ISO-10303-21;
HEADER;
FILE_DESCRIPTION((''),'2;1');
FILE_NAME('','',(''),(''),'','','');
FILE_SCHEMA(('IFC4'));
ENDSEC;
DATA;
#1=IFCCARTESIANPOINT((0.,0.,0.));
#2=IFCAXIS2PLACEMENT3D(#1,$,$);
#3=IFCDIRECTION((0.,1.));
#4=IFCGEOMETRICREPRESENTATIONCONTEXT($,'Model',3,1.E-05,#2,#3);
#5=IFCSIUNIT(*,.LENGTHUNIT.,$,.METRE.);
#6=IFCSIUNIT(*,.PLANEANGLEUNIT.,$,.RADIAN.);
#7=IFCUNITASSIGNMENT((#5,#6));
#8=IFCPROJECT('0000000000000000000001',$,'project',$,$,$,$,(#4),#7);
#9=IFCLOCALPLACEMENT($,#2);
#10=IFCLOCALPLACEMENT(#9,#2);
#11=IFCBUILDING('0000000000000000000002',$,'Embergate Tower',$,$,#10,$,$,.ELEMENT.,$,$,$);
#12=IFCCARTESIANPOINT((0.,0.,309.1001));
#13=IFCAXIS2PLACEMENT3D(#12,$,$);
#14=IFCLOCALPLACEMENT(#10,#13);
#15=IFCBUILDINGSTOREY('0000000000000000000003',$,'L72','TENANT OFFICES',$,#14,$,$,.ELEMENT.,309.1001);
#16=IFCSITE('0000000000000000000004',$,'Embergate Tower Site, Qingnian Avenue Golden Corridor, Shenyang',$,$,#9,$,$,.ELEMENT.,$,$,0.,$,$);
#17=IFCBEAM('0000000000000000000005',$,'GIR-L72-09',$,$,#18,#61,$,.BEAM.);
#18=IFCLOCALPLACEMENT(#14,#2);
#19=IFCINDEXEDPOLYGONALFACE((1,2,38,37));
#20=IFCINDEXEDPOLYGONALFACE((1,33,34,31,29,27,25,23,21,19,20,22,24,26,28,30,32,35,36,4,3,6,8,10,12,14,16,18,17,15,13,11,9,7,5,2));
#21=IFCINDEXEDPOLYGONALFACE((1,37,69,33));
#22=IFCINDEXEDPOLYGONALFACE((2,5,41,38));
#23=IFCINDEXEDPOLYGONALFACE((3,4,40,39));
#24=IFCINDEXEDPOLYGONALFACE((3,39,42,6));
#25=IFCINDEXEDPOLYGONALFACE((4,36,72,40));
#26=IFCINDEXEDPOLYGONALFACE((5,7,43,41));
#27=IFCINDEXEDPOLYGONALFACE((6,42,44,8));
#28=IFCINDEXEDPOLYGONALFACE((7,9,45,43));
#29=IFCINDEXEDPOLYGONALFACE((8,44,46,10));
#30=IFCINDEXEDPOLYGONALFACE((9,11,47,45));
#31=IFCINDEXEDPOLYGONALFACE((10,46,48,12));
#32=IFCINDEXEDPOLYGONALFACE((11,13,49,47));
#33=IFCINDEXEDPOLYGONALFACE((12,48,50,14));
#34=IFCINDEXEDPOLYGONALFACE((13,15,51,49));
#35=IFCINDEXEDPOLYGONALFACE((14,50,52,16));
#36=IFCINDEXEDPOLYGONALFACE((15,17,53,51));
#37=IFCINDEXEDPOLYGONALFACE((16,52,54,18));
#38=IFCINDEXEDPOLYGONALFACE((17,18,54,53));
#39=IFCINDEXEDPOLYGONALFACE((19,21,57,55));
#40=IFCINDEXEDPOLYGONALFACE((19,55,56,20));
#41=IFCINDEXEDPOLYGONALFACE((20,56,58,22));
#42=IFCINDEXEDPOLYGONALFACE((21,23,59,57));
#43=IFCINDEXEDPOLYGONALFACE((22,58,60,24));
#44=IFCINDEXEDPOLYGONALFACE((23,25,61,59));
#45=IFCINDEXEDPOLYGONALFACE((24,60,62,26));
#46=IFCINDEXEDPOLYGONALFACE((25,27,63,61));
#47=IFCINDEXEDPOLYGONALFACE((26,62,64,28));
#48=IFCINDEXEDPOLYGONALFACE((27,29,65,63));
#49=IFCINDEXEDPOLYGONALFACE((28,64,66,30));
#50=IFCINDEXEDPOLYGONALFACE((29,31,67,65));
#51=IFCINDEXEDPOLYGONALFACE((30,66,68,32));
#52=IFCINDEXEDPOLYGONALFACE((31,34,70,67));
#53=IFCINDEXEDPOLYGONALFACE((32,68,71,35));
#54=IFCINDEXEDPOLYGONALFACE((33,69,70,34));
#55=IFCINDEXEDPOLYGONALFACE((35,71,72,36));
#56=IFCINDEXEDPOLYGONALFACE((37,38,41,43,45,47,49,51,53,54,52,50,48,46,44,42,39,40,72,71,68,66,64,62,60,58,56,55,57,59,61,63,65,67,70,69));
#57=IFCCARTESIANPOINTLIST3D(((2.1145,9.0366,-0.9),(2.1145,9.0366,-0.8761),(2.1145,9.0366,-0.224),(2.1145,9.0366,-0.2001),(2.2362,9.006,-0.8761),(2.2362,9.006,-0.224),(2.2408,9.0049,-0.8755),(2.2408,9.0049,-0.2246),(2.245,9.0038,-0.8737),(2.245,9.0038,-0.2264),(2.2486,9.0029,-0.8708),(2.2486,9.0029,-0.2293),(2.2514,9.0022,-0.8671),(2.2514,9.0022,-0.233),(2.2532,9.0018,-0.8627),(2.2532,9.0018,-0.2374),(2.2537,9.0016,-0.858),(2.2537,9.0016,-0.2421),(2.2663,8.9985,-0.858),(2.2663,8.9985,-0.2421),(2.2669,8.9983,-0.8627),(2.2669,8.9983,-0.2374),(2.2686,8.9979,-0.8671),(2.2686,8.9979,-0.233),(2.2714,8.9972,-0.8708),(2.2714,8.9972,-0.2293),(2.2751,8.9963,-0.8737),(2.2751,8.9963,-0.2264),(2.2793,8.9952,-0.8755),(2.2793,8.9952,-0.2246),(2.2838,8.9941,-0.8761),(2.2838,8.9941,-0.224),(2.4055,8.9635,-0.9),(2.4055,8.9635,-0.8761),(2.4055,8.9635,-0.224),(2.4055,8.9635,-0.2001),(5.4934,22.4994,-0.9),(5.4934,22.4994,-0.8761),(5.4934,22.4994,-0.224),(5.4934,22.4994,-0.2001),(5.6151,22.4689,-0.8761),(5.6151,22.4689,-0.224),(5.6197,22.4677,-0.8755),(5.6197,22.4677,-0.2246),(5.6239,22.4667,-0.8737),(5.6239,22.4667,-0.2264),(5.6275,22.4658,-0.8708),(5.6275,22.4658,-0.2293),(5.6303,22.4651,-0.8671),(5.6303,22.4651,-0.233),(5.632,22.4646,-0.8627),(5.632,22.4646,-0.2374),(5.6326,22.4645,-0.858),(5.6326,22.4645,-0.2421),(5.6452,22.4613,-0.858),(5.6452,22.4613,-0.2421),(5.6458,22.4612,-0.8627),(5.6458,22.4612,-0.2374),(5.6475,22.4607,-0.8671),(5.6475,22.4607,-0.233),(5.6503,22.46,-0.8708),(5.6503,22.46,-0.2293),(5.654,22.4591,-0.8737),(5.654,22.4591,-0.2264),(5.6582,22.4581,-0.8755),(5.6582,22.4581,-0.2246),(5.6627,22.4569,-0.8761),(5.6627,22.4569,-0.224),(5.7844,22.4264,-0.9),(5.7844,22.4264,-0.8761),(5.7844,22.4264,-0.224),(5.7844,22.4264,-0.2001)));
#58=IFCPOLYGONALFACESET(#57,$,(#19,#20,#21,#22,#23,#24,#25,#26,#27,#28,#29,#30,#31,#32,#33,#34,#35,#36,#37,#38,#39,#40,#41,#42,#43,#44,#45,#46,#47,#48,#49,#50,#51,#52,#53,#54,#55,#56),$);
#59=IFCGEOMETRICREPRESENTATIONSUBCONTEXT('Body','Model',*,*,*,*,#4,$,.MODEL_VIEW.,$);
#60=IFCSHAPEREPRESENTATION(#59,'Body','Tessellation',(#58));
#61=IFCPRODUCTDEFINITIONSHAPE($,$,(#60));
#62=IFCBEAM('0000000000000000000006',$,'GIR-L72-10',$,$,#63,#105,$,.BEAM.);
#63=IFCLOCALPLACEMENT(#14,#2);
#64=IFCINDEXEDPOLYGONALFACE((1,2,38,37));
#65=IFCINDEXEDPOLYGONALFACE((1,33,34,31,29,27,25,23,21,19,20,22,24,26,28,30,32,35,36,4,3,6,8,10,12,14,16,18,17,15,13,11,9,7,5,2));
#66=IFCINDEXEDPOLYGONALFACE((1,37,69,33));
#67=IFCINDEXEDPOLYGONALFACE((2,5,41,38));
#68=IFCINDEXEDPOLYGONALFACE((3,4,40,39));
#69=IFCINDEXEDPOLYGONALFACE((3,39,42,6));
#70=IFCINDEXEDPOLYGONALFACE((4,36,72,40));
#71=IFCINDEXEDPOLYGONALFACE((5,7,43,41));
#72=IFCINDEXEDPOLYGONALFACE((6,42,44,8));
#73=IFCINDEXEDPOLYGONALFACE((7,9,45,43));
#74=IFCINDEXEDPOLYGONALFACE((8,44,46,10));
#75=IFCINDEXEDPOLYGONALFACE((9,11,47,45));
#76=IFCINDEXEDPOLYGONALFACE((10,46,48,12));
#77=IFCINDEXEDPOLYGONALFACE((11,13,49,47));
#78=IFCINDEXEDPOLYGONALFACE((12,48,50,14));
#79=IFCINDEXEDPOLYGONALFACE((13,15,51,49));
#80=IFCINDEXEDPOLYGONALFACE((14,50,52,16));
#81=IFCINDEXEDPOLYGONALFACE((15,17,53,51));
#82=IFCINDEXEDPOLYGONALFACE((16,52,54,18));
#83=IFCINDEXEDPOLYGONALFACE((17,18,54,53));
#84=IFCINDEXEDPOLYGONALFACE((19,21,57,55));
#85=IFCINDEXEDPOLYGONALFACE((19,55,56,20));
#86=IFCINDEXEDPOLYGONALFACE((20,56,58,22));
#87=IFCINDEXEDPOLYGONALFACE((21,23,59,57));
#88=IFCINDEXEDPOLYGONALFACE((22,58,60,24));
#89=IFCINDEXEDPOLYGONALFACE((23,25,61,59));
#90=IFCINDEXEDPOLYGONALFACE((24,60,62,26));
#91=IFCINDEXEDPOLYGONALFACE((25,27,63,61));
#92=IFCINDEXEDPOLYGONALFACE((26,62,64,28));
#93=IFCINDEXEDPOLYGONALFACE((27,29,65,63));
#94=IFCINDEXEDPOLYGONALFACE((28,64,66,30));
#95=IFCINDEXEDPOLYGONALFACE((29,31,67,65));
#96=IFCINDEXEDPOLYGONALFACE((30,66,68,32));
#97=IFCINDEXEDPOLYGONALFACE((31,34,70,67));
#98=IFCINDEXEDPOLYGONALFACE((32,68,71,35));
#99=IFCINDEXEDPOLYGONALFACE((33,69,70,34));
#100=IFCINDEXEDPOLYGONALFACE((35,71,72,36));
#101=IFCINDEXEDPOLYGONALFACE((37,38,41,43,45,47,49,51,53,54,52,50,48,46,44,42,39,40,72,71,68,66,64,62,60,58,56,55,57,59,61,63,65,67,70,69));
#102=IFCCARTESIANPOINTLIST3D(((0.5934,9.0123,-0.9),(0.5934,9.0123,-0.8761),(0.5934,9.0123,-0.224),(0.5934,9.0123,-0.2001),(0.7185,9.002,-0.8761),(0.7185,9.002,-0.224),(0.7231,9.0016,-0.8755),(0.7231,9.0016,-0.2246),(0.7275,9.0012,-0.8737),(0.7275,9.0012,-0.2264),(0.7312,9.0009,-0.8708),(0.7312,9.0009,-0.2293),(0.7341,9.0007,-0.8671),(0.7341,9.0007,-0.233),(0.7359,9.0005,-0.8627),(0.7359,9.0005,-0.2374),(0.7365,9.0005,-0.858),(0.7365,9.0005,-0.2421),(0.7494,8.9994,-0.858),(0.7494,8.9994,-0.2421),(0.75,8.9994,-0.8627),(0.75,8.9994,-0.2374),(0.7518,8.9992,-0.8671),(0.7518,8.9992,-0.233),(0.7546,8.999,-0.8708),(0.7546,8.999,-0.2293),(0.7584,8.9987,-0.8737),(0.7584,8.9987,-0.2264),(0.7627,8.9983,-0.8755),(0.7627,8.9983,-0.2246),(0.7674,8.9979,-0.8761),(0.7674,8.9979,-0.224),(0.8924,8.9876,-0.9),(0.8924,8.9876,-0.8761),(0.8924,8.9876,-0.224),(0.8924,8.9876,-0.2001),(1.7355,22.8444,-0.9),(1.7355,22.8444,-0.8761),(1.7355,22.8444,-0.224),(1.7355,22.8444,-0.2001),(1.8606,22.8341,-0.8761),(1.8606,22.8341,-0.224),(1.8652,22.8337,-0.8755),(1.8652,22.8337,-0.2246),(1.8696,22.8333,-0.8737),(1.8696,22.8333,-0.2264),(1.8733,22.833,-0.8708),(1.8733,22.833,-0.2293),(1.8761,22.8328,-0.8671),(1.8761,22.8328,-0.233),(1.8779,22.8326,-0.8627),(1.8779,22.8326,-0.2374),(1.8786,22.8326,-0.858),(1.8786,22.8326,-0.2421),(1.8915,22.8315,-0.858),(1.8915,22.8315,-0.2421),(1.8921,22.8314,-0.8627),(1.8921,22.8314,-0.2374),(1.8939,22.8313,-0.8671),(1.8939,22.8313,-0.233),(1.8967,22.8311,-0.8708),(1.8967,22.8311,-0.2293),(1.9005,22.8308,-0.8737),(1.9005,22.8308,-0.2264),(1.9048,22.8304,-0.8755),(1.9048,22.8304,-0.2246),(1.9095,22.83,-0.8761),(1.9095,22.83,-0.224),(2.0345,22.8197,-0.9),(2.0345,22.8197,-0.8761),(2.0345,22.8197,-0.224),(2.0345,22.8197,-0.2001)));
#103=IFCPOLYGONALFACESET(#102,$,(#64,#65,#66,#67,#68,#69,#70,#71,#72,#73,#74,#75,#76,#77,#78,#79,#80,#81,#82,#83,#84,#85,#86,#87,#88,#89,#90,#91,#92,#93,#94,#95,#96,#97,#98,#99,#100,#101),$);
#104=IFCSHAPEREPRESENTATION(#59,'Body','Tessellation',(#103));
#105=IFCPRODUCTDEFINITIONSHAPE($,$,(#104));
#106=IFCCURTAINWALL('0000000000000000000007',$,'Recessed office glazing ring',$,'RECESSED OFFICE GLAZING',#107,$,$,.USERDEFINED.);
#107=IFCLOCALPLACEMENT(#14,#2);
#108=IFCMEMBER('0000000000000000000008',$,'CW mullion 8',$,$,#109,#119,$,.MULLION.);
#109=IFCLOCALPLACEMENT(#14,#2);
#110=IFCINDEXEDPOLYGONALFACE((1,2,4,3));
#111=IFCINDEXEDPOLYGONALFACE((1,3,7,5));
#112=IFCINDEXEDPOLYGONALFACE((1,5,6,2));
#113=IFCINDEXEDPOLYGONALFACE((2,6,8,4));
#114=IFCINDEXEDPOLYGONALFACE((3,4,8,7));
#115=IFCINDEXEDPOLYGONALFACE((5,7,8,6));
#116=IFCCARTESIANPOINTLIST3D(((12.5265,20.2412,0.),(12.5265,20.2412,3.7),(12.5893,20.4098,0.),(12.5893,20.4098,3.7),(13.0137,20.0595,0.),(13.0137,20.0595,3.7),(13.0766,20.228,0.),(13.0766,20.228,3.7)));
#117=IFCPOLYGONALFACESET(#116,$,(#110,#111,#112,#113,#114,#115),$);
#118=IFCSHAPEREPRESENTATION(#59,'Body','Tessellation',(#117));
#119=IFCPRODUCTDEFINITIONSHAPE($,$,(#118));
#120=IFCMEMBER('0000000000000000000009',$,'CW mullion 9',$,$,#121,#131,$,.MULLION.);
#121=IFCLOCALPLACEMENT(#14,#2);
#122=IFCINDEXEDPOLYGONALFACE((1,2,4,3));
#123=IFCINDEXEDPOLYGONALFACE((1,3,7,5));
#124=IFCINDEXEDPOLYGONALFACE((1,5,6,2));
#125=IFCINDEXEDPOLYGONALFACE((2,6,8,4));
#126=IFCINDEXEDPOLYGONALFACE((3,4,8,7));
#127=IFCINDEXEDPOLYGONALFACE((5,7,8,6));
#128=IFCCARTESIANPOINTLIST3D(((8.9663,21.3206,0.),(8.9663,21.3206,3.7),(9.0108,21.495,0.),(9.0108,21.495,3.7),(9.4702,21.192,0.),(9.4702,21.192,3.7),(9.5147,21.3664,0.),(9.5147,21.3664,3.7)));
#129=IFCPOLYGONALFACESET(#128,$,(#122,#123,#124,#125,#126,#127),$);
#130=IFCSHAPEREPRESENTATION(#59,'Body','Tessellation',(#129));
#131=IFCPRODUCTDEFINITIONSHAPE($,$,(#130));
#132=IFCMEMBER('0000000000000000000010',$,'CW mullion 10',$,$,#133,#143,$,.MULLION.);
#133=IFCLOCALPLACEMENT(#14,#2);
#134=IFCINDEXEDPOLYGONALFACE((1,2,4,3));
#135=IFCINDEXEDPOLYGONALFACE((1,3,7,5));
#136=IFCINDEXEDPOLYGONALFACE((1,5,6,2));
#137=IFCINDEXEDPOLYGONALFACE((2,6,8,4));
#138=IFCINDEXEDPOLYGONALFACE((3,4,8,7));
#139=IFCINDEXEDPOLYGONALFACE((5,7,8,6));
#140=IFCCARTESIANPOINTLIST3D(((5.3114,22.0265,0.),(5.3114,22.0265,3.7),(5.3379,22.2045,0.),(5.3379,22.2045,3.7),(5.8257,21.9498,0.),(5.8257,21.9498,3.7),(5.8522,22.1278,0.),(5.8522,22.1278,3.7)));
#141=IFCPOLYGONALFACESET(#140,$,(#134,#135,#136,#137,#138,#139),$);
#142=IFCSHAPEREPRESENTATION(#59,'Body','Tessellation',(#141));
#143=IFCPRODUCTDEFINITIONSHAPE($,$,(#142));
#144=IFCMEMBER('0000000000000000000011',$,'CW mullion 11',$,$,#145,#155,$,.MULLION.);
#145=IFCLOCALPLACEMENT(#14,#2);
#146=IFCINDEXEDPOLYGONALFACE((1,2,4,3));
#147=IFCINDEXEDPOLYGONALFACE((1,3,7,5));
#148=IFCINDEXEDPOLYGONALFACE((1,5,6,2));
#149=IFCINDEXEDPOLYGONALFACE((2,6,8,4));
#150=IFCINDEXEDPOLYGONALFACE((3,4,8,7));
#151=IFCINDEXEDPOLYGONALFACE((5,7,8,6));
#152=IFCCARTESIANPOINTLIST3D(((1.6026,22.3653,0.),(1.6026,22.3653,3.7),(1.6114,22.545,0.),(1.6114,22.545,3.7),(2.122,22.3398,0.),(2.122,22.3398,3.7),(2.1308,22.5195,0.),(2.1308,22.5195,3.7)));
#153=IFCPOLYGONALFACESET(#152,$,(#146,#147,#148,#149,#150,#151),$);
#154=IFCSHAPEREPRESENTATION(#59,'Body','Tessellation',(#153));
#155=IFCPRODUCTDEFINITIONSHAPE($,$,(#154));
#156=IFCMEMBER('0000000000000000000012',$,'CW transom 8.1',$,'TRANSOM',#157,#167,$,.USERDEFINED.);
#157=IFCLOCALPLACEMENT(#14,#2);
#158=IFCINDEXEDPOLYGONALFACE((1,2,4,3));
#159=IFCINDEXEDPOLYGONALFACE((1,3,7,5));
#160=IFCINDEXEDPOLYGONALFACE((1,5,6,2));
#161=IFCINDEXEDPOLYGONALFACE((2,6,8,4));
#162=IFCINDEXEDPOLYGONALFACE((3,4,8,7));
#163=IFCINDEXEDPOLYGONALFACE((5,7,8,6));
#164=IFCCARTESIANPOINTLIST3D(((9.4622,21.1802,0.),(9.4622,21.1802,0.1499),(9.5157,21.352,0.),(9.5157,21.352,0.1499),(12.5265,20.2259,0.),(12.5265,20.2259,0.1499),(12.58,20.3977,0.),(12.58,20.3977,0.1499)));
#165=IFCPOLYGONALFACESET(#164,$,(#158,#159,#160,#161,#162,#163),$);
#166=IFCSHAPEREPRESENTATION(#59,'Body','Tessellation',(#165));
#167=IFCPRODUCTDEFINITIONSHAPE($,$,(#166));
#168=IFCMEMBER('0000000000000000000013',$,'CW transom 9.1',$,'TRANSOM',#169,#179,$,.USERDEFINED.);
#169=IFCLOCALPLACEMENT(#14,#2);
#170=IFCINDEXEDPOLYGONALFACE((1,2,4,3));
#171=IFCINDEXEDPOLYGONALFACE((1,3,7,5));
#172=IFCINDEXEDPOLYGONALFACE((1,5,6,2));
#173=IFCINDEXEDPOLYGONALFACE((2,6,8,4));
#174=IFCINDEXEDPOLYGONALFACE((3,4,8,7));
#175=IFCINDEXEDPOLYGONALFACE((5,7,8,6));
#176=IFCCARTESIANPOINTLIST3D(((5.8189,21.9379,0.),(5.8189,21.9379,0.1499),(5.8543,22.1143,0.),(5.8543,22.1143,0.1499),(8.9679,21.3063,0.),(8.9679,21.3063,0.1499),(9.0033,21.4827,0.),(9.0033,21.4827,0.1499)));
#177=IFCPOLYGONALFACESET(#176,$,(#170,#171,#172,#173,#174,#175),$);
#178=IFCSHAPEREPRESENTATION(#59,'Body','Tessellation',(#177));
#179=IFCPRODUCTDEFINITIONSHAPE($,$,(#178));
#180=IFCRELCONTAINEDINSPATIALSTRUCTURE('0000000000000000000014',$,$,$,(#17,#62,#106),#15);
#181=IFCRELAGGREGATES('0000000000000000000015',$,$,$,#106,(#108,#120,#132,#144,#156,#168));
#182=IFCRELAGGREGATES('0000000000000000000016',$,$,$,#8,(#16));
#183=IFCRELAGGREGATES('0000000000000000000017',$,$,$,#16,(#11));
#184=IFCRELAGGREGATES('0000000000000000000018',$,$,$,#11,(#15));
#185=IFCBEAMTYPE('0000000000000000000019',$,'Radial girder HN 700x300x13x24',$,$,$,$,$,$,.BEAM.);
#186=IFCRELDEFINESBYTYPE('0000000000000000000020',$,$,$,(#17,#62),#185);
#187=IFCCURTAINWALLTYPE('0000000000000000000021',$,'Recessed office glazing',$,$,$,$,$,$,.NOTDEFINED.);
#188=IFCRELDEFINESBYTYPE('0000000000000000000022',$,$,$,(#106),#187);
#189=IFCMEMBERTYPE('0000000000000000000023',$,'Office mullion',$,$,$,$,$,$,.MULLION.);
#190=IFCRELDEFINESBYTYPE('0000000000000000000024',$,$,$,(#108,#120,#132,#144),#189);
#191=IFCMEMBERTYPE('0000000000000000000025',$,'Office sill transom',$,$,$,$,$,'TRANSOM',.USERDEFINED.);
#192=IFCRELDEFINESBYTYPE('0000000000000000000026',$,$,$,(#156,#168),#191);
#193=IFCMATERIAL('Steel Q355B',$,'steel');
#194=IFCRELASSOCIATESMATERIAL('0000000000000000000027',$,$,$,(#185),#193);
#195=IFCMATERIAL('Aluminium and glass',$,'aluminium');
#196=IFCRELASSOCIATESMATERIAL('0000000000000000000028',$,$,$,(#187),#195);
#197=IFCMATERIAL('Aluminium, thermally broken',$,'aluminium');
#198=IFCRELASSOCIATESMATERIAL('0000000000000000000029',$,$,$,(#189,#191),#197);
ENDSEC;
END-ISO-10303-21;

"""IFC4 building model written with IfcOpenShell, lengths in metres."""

from ifc_helpers import new_model, si_unit, direction, frame, origin, origin_2d, place, context, subcontext, project, spatial, rectangle, i_section, extrude, source, transform, mapped, material, material_profile, profile_set, type_object, element, aggregate, save


model = new_model("IFC4")

# Units and contexts
model_context = context("Model", 3, precision=1e-05, world=origin(), true_north=direction((0.0, 1.0)))
body_context = subcontext(model_context, "Body", "Model", "MODEL_VIEW")
ifc_project = project(units=[si_unit("LENGTHUNIT", "METRE"), si_unit("PLANEANGLEUNIT", "RADIAN")], contexts=[model_context])

# Site, building, storey
site_placement = place(None, origin())
site = spatial("IfcSite", under=ifc_project, at=site_placement, Name="Embergate Tower Site, Qingnian Avenue Golden Corridor, Shenyang", CompositionType="ELEMENT", RefElevation=0.0)
building_placement = place(site_placement, origin())
building = spatial("IfcBuilding", under=site, at=building_placement, Name="Embergate Tower", CompositionType="ELEMENT")
storey_placement = place(building_placement, frame((0.0, 0.0, 309.1001)))
storey = spatial("IfcBuildingStorey", under=building, at=storey_placement, Name="L72", Description="TENANT OFFICES", CompositionType="ELEMENT", Elevation=309.1001)

# Beams
ifc_material_1 = material(Name="Steel Q355B", Category="steel")
ifc_material_profile_1 = material_profile(ifc_material_1, i_section(OverallWidth=0.3, OverallDepth=0.7, WebThickness=0.0129, FlangeThickness=0.0239, FilletRadius=0.0181, at=origin_2d()), Name="HN 700x300x13x24")
ifc_profile_set_1 = profile_set([ifc_material_profile_1], Name="Steel Q355 grade B")
beam_type_1 = type_object("IfcBeamType", Name="Radial girder HN 700x300x13x24", PredefinedType="BEAM", material=ifc_profile_set_1)
shared_shape_1 = source(origin(), body_context, "Body", "SweptSolid", [
    extrude(i_section(OverallWidth=0.3, OverallDepth=0.7, WebThickness=0.0129, FlangeThickness=0.0239, FilletRadius=0.0181, at=origin_2d()), origin(), (0.0, 0.0, 1.0), 13.8804),
])
beam_1_placement = place(storey_placement, frame((5.6389, 22.4629, -0.55), z_axis=(-0.243429, -0.969919, 0.0), x_axis=(0.969919, -0.243429, 0.0)))
element("IfcBeam", 1, at=beam_1_placement, inside=storey, type_object=beam_type_1, Name="GIR-L72-09", PredefinedType="BEAM", context=body_context, shape_type="MappedRepresentation", body=[
    mapped(shared_shape_1, transform((0.0, 0.0, 0.0))),
])
shared_shape_2 = source(origin(), body_context, "Body", "SweptSolid", [
    extrude(i_section(OverallWidth=0.3, OverallDepth=0.7, WebThickness=0.0129, FlangeThickness=0.0239, FilletRadius=0.0181, at=origin_2d()), origin(), (0.0, 0.0, 1.0), 13.8792),
])
beam_2_placement = place(storey_placement, frame((1.885, 22.832, -0.55), z_axis=(-0.082288, -0.996609, 0.0), x_axis=(0.996609, -0.082288, 0.0)))
element("IfcBeam", 2, at=beam_2_placement, inside=storey, type_object=beam_type_1, Name="GIR-L72-10", PredefinedType="BEAM", context=body_context, shape_type="MappedRepresentation", body=[
    mapped(shared_shape_2, transform((0.0, 0.0, 0.0))),
])

# Curtain wall, members
ifc_material_2 = material(Name="Aluminium and glass", Category="aluminium")
curtain_wall_type = type_object("IfcCurtainWallType", Name="Recessed office glazing", PredefinedType="NOTDEFINED", material=ifc_material_2)
curtain_wall_placement = place(storey_placement, origin())
curtain_wall = element("IfcCurtainWall", 3, at=curtain_wall_placement, inside=storey, type_object=curtain_wall_type, Name="Recessed office glazing ring", ObjectType="RECESSED OFFICE GLAZING", PredefinedType="USERDEFINED")
ifc_material_3 = material(Name="Aluminium, thermally broken", Category="aluminium")
ifc_material_profile_2 = material_profile(ifc_material_3, rectangle(XDim=0.1799, YDim=0.52, at=origin_2d()), Name="AL 520x180")
ifc_profile_set_2 = profile_set([ifc_material_profile_2], Name="Aluminium, thermally broken")
member_type_1 = type_object("IfcMemberType", Name="Office mullion", PredefinedType="MULLION", material=ifc_profile_set_2)
shared_shape_3 = source(origin(), body_context, "Body", "SweptSolid", [
    extrude(rectangle(XDim=0.1799, YDim=0.52, at=origin_2d()), origin(), (0.0, 0.0, 1.0), 3.7),
])
member_1_placement = place(storey_placement, frame((12.8015, 20.2346, 0.0), z_axis=(0.0, 0.0, 1.0), x_axis=(-0.349501, -0.936936, 0.0)))
member_1 = element("IfcMember", 4, at=member_1_placement, type_object=member_type_1, Name="CW mullion 8", PredefinedType="MULLION", context=body_context, shape_type="MappedRepresentation", body=[
    mapped(shared_shape_3, transform((0.0, 0.0, 0.0))),
])
member_2_placement = place(storey_placement, frame((9.2405, 21.3435, 0.0), z_axis=(0.0, 0.0, 1.0), x_axis=(-0.247312, -0.968936, 0.0)))
member_2 = element("IfcMember", 5, at=member_2_placement, type_object=member_type_1, Name="CW mullion 9", PredefinedType="MULLION", context=body_context, shape_type="MappedRepresentation", body=[
    mapped(shared_shape_3, transform((0.0, 0.0, 0.0))),
])
member_3_placement = place(storey_placement, frame((5.5818, 22.0771, 0.0), z_axis=(0.0, 0.0, 1.0), x_axis=(-0.147412, -0.989075, 0.0)))
member_3 = element("IfcMember", 6, at=member_3_placement, type_object=member_type_1, Name="CW mullion 10", PredefinedType="MULLION", context=body_context, shape_type="MappedRepresentation", body=[
    mapped(shared_shape_3, transform((0.0, 0.0, 0.0))),
])
member_4_placement = place(storey_placement, frame((1.8667, 22.4424, 0.0), z_axis=(0.0, 0.0, 1.0), x_axis=(-0.048972, -0.9988, 0.0)))
member_4 = element("IfcMember", 7, at=member_4_placement, type_object=member_type_1, Name="CW mullion 11", PredefinedType="MULLION", context=body_context, shape_type="MappedRepresentation", body=[
    mapped(shared_shape_3, transform((0.0, 0.0, 0.0))),
])
ifc_material_profile_3 = material_profile(ifc_material_3, rectangle(XDim=0.1799, YDim=0.1499, at=origin_2d()), Name="AL 150x180")
ifc_profile_set_3 = profile_set([ifc_material_profile_3], Name="Aluminium, thermally broken")
member_type_2 = type_object("IfcMemberType", Name="Office sill transom", ElementType="TRANSOM", PredefinedType="USERDEFINED", material=ifc_profile_set_3)
shared_shape_4 = source(origin(), body_context, "Body", "SweptSolid", [
    extrude(rectangle(XDim=0.1799, YDim=0.1499, at=origin_2d()), origin(), (0.0, 0.0, 1.0), 3.2095),
])
member_5_placement = place(storey_placement, frame((12.5532, 20.3118, 0.075), z_axis=(-0.954765, 0.297361, 0.0), x_axis=(-0.297361, -0.954765, 0.0)))
member_5 = element("IfcMember", 8, at=member_5_placement, type_object=member_type_2, Name="CW transom 8.1", ObjectType="TRANSOM", PredefinedType="USERDEFINED", context=body_context, shape_type="MappedRepresentation", body=[
    mapped(shared_shape_4, transform((0.0, 0.0, 0.0))),
])
shared_shape_5 = source(origin(), body_context, "Body", "SweptSolid", [
    extrude(rectangle(XDim=0.1799, YDim=0.1499, at=origin_2d()), origin(), (0.0, 0.0, 1.0), 3.2117),
])
member_6_placement = place(storey_placement, frame((8.9856, 21.3945, 0.075), z_axis=(-0.980472, 0.196657, 0.0), x_axis=(-0.196657, -0.980472, 0.0)))
member_6 = element("IfcMember", 9, at=member_6_placement, type_object=member_type_2, Name="CW transom 9.1", ObjectType="TRANSOM", PredefinedType="USERDEFINED", context=body_context, shape_type="MappedRepresentation", body=[
    mapped(shared_shape_5, transform((0.0, 0.0, 0.0))),
])
aggregate(curtain_wall, [member_1, member_2, member_3, member_4, member_5, member_6])

save(model, "model.ifc")
